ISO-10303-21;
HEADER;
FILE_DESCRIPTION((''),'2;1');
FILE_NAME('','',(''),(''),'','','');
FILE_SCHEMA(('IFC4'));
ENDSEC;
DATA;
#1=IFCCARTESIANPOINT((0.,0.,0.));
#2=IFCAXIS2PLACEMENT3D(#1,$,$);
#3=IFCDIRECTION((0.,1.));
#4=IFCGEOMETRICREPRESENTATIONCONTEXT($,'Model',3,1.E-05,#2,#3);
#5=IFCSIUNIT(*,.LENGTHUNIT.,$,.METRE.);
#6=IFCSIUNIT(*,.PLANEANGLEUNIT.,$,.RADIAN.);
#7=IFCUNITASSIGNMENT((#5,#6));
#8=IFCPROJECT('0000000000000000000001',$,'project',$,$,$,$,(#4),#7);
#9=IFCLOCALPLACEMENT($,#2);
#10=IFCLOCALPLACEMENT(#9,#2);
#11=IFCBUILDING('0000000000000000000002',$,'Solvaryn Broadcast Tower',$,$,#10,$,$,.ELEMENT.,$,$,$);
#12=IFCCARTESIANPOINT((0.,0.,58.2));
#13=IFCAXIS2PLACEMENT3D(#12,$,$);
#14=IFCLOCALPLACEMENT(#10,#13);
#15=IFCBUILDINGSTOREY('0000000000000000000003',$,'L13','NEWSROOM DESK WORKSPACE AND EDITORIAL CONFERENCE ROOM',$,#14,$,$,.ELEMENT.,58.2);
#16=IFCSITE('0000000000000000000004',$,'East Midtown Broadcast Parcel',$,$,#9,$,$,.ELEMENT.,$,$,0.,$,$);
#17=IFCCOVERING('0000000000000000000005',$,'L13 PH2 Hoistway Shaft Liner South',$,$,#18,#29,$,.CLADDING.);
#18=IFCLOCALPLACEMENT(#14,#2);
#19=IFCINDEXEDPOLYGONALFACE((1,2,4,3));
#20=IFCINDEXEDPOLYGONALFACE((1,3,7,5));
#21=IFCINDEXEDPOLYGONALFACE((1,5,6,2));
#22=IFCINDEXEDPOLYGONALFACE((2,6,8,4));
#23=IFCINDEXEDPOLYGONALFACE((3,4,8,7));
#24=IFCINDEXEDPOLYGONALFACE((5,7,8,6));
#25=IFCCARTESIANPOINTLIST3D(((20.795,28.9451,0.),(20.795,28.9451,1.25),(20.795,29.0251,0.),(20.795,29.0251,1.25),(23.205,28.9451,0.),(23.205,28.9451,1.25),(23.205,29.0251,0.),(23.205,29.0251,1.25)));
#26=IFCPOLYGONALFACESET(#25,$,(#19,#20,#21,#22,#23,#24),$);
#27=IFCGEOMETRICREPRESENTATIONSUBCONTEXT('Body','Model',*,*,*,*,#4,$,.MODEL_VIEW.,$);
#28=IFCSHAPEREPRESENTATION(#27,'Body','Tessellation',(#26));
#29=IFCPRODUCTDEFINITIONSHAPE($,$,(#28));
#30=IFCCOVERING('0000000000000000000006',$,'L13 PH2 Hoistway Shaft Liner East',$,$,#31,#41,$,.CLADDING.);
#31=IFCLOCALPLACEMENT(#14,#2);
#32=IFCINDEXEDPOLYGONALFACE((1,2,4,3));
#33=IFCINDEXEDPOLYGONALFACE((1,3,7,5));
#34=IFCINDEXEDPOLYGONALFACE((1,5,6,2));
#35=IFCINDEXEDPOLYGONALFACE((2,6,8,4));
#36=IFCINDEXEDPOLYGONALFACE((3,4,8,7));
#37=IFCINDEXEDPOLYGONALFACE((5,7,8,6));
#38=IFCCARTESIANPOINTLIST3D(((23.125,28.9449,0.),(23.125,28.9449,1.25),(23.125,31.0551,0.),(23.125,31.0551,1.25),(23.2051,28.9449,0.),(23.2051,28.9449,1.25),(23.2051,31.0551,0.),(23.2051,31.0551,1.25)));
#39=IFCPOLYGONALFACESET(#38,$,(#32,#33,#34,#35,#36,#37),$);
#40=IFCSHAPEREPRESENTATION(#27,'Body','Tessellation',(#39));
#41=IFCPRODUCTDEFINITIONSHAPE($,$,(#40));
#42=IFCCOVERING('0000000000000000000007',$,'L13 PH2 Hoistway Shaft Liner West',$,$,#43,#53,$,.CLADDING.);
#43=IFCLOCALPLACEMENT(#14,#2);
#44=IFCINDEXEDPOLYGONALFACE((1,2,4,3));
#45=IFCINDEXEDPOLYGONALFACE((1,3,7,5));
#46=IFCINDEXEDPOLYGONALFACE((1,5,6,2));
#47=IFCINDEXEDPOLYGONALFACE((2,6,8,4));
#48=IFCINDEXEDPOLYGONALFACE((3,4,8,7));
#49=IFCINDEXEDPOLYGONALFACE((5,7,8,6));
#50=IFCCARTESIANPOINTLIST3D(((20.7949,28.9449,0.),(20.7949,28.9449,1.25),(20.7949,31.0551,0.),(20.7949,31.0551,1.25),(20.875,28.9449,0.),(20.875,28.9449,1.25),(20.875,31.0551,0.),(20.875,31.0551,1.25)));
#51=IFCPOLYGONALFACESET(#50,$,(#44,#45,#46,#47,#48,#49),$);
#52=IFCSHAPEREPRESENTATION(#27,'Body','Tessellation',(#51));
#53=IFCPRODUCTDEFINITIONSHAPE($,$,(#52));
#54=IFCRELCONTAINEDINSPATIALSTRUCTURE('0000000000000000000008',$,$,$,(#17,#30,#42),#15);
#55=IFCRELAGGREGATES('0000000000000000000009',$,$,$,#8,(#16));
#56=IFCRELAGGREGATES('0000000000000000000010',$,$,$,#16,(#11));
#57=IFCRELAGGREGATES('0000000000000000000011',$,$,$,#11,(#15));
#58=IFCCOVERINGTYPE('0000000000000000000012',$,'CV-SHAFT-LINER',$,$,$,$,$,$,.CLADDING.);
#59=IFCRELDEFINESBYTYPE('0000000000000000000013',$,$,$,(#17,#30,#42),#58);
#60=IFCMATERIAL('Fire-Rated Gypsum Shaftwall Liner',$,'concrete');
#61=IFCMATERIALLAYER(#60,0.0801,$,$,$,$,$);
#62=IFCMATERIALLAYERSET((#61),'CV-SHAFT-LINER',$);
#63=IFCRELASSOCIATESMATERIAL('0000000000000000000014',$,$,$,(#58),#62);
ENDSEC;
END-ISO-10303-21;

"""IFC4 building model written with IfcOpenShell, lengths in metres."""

from ifc_helpers import new_model, si_unit, direction, frame, origin, origin_2d, place, context, subcontext, project, spatial, rectangle, extrude, material, layer, layer_set, type_object, element, save


model = new_model("IFC4")

# Units and contexts
model_context = context("Model", 3, precision=1e-05, world=origin(), true_north=direction((0.0, 1.0)))
body_context = subcontext(model_context, "Body", "Model", "MODEL_VIEW")
ifc_project = project(units=[si_unit("LENGTHUNIT", "METRE"), si_unit("PLANEANGLEUNIT", "RADIAN")], contexts=[model_context])

# Site, building, storey
site_placement = place(None, origin())
site = spatial("IfcSite", under=ifc_project, at=site_placement, Name="East Midtown Broadcast Parcel", CompositionType="ELEMENT", RefElevation=0.0)
building_placement = place(site_placement, origin())
building = spatial("IfcBuilding", under=site, at=building_placement, Name="Solvaryn Broadcast Tower", CompositionType="ELEMENT")
storey_placement = place(building_placement, frame((0.0, 0.0, 58.2)))
storey = spatial("IfcBuildingStorey", under=building, at=storey_placement, Name="L13", Description="NEWSROOM DESK WORKSPACE AND EDITORIAL CONFERENCE ROOM", CompositionType="ELEMENT", Elevation=58.2)

# Coverings
ifc_material_1 = material(Name="Fire-Rated Gypsum Shaftwall Liner", Category="concrete")
ifc_layer_1 = layer(ifc_material_1, 0.0801)
ifc_layer_set_1 = layer_set([ifc_layer_1], Name="CV-SHAFT-LINER")
covering_type = type_object("IfcCoveringType", Name="CV-SHAFT-LINER", PredefinedType="CLADDING", material=ifc_layer_set_1)
covering_placement = place(storey_placement, frame((22.0, 28.9851, 0.0), z_axis=(0.0, 0.0, 1.0), x_axis=(1.0, 0.0, 0.0)))
element("IfcCovering", 1, at=covering_placement, inside=storey, type_object=covering_type, Name="L13 PH2 Hoistway Shaft Liner South", PredefinedType="CLADDING", context=body_context, shape_type="SweptSolid", body=[
    extrude(rectangle(XDim=2.4099, YDim=0.0801, at=origin_2d()), origin(), (0.0, 0.0, 1.0), 1.25),
])
for number, where, z_axis, x_axis, name in (
    (2, (23.165, 30.0, 0.0), (0.0, 0.0, 1.0), (1.0, 0.0, 0.0), "L13 PH2 Hoistway Shaft Liner East"),
    (3, (20.835, 30.0, 0.0), (0.0, 0.0, 1.0), (1.0, 0.0, 0.0), "L13 PH2 Hoistway Shaft Liner West"),
):
    element("IfcCovering", number, at=place(storey_placement, frame(where, z_axis=z_axis, x_axis=x_axis)), inside=storey, type_object=covering_type, Name=name, PredefinedType="CLADDING", context=body_context, shape_type="SweptSolid", body=[
        extrude(rectangle(XDim=0.0801, YDim=2.1101, at=origin_2d()), origin(), (0.0, 0.0, 1.0), 1.25),
    ])

save(model, "model.ifc")
